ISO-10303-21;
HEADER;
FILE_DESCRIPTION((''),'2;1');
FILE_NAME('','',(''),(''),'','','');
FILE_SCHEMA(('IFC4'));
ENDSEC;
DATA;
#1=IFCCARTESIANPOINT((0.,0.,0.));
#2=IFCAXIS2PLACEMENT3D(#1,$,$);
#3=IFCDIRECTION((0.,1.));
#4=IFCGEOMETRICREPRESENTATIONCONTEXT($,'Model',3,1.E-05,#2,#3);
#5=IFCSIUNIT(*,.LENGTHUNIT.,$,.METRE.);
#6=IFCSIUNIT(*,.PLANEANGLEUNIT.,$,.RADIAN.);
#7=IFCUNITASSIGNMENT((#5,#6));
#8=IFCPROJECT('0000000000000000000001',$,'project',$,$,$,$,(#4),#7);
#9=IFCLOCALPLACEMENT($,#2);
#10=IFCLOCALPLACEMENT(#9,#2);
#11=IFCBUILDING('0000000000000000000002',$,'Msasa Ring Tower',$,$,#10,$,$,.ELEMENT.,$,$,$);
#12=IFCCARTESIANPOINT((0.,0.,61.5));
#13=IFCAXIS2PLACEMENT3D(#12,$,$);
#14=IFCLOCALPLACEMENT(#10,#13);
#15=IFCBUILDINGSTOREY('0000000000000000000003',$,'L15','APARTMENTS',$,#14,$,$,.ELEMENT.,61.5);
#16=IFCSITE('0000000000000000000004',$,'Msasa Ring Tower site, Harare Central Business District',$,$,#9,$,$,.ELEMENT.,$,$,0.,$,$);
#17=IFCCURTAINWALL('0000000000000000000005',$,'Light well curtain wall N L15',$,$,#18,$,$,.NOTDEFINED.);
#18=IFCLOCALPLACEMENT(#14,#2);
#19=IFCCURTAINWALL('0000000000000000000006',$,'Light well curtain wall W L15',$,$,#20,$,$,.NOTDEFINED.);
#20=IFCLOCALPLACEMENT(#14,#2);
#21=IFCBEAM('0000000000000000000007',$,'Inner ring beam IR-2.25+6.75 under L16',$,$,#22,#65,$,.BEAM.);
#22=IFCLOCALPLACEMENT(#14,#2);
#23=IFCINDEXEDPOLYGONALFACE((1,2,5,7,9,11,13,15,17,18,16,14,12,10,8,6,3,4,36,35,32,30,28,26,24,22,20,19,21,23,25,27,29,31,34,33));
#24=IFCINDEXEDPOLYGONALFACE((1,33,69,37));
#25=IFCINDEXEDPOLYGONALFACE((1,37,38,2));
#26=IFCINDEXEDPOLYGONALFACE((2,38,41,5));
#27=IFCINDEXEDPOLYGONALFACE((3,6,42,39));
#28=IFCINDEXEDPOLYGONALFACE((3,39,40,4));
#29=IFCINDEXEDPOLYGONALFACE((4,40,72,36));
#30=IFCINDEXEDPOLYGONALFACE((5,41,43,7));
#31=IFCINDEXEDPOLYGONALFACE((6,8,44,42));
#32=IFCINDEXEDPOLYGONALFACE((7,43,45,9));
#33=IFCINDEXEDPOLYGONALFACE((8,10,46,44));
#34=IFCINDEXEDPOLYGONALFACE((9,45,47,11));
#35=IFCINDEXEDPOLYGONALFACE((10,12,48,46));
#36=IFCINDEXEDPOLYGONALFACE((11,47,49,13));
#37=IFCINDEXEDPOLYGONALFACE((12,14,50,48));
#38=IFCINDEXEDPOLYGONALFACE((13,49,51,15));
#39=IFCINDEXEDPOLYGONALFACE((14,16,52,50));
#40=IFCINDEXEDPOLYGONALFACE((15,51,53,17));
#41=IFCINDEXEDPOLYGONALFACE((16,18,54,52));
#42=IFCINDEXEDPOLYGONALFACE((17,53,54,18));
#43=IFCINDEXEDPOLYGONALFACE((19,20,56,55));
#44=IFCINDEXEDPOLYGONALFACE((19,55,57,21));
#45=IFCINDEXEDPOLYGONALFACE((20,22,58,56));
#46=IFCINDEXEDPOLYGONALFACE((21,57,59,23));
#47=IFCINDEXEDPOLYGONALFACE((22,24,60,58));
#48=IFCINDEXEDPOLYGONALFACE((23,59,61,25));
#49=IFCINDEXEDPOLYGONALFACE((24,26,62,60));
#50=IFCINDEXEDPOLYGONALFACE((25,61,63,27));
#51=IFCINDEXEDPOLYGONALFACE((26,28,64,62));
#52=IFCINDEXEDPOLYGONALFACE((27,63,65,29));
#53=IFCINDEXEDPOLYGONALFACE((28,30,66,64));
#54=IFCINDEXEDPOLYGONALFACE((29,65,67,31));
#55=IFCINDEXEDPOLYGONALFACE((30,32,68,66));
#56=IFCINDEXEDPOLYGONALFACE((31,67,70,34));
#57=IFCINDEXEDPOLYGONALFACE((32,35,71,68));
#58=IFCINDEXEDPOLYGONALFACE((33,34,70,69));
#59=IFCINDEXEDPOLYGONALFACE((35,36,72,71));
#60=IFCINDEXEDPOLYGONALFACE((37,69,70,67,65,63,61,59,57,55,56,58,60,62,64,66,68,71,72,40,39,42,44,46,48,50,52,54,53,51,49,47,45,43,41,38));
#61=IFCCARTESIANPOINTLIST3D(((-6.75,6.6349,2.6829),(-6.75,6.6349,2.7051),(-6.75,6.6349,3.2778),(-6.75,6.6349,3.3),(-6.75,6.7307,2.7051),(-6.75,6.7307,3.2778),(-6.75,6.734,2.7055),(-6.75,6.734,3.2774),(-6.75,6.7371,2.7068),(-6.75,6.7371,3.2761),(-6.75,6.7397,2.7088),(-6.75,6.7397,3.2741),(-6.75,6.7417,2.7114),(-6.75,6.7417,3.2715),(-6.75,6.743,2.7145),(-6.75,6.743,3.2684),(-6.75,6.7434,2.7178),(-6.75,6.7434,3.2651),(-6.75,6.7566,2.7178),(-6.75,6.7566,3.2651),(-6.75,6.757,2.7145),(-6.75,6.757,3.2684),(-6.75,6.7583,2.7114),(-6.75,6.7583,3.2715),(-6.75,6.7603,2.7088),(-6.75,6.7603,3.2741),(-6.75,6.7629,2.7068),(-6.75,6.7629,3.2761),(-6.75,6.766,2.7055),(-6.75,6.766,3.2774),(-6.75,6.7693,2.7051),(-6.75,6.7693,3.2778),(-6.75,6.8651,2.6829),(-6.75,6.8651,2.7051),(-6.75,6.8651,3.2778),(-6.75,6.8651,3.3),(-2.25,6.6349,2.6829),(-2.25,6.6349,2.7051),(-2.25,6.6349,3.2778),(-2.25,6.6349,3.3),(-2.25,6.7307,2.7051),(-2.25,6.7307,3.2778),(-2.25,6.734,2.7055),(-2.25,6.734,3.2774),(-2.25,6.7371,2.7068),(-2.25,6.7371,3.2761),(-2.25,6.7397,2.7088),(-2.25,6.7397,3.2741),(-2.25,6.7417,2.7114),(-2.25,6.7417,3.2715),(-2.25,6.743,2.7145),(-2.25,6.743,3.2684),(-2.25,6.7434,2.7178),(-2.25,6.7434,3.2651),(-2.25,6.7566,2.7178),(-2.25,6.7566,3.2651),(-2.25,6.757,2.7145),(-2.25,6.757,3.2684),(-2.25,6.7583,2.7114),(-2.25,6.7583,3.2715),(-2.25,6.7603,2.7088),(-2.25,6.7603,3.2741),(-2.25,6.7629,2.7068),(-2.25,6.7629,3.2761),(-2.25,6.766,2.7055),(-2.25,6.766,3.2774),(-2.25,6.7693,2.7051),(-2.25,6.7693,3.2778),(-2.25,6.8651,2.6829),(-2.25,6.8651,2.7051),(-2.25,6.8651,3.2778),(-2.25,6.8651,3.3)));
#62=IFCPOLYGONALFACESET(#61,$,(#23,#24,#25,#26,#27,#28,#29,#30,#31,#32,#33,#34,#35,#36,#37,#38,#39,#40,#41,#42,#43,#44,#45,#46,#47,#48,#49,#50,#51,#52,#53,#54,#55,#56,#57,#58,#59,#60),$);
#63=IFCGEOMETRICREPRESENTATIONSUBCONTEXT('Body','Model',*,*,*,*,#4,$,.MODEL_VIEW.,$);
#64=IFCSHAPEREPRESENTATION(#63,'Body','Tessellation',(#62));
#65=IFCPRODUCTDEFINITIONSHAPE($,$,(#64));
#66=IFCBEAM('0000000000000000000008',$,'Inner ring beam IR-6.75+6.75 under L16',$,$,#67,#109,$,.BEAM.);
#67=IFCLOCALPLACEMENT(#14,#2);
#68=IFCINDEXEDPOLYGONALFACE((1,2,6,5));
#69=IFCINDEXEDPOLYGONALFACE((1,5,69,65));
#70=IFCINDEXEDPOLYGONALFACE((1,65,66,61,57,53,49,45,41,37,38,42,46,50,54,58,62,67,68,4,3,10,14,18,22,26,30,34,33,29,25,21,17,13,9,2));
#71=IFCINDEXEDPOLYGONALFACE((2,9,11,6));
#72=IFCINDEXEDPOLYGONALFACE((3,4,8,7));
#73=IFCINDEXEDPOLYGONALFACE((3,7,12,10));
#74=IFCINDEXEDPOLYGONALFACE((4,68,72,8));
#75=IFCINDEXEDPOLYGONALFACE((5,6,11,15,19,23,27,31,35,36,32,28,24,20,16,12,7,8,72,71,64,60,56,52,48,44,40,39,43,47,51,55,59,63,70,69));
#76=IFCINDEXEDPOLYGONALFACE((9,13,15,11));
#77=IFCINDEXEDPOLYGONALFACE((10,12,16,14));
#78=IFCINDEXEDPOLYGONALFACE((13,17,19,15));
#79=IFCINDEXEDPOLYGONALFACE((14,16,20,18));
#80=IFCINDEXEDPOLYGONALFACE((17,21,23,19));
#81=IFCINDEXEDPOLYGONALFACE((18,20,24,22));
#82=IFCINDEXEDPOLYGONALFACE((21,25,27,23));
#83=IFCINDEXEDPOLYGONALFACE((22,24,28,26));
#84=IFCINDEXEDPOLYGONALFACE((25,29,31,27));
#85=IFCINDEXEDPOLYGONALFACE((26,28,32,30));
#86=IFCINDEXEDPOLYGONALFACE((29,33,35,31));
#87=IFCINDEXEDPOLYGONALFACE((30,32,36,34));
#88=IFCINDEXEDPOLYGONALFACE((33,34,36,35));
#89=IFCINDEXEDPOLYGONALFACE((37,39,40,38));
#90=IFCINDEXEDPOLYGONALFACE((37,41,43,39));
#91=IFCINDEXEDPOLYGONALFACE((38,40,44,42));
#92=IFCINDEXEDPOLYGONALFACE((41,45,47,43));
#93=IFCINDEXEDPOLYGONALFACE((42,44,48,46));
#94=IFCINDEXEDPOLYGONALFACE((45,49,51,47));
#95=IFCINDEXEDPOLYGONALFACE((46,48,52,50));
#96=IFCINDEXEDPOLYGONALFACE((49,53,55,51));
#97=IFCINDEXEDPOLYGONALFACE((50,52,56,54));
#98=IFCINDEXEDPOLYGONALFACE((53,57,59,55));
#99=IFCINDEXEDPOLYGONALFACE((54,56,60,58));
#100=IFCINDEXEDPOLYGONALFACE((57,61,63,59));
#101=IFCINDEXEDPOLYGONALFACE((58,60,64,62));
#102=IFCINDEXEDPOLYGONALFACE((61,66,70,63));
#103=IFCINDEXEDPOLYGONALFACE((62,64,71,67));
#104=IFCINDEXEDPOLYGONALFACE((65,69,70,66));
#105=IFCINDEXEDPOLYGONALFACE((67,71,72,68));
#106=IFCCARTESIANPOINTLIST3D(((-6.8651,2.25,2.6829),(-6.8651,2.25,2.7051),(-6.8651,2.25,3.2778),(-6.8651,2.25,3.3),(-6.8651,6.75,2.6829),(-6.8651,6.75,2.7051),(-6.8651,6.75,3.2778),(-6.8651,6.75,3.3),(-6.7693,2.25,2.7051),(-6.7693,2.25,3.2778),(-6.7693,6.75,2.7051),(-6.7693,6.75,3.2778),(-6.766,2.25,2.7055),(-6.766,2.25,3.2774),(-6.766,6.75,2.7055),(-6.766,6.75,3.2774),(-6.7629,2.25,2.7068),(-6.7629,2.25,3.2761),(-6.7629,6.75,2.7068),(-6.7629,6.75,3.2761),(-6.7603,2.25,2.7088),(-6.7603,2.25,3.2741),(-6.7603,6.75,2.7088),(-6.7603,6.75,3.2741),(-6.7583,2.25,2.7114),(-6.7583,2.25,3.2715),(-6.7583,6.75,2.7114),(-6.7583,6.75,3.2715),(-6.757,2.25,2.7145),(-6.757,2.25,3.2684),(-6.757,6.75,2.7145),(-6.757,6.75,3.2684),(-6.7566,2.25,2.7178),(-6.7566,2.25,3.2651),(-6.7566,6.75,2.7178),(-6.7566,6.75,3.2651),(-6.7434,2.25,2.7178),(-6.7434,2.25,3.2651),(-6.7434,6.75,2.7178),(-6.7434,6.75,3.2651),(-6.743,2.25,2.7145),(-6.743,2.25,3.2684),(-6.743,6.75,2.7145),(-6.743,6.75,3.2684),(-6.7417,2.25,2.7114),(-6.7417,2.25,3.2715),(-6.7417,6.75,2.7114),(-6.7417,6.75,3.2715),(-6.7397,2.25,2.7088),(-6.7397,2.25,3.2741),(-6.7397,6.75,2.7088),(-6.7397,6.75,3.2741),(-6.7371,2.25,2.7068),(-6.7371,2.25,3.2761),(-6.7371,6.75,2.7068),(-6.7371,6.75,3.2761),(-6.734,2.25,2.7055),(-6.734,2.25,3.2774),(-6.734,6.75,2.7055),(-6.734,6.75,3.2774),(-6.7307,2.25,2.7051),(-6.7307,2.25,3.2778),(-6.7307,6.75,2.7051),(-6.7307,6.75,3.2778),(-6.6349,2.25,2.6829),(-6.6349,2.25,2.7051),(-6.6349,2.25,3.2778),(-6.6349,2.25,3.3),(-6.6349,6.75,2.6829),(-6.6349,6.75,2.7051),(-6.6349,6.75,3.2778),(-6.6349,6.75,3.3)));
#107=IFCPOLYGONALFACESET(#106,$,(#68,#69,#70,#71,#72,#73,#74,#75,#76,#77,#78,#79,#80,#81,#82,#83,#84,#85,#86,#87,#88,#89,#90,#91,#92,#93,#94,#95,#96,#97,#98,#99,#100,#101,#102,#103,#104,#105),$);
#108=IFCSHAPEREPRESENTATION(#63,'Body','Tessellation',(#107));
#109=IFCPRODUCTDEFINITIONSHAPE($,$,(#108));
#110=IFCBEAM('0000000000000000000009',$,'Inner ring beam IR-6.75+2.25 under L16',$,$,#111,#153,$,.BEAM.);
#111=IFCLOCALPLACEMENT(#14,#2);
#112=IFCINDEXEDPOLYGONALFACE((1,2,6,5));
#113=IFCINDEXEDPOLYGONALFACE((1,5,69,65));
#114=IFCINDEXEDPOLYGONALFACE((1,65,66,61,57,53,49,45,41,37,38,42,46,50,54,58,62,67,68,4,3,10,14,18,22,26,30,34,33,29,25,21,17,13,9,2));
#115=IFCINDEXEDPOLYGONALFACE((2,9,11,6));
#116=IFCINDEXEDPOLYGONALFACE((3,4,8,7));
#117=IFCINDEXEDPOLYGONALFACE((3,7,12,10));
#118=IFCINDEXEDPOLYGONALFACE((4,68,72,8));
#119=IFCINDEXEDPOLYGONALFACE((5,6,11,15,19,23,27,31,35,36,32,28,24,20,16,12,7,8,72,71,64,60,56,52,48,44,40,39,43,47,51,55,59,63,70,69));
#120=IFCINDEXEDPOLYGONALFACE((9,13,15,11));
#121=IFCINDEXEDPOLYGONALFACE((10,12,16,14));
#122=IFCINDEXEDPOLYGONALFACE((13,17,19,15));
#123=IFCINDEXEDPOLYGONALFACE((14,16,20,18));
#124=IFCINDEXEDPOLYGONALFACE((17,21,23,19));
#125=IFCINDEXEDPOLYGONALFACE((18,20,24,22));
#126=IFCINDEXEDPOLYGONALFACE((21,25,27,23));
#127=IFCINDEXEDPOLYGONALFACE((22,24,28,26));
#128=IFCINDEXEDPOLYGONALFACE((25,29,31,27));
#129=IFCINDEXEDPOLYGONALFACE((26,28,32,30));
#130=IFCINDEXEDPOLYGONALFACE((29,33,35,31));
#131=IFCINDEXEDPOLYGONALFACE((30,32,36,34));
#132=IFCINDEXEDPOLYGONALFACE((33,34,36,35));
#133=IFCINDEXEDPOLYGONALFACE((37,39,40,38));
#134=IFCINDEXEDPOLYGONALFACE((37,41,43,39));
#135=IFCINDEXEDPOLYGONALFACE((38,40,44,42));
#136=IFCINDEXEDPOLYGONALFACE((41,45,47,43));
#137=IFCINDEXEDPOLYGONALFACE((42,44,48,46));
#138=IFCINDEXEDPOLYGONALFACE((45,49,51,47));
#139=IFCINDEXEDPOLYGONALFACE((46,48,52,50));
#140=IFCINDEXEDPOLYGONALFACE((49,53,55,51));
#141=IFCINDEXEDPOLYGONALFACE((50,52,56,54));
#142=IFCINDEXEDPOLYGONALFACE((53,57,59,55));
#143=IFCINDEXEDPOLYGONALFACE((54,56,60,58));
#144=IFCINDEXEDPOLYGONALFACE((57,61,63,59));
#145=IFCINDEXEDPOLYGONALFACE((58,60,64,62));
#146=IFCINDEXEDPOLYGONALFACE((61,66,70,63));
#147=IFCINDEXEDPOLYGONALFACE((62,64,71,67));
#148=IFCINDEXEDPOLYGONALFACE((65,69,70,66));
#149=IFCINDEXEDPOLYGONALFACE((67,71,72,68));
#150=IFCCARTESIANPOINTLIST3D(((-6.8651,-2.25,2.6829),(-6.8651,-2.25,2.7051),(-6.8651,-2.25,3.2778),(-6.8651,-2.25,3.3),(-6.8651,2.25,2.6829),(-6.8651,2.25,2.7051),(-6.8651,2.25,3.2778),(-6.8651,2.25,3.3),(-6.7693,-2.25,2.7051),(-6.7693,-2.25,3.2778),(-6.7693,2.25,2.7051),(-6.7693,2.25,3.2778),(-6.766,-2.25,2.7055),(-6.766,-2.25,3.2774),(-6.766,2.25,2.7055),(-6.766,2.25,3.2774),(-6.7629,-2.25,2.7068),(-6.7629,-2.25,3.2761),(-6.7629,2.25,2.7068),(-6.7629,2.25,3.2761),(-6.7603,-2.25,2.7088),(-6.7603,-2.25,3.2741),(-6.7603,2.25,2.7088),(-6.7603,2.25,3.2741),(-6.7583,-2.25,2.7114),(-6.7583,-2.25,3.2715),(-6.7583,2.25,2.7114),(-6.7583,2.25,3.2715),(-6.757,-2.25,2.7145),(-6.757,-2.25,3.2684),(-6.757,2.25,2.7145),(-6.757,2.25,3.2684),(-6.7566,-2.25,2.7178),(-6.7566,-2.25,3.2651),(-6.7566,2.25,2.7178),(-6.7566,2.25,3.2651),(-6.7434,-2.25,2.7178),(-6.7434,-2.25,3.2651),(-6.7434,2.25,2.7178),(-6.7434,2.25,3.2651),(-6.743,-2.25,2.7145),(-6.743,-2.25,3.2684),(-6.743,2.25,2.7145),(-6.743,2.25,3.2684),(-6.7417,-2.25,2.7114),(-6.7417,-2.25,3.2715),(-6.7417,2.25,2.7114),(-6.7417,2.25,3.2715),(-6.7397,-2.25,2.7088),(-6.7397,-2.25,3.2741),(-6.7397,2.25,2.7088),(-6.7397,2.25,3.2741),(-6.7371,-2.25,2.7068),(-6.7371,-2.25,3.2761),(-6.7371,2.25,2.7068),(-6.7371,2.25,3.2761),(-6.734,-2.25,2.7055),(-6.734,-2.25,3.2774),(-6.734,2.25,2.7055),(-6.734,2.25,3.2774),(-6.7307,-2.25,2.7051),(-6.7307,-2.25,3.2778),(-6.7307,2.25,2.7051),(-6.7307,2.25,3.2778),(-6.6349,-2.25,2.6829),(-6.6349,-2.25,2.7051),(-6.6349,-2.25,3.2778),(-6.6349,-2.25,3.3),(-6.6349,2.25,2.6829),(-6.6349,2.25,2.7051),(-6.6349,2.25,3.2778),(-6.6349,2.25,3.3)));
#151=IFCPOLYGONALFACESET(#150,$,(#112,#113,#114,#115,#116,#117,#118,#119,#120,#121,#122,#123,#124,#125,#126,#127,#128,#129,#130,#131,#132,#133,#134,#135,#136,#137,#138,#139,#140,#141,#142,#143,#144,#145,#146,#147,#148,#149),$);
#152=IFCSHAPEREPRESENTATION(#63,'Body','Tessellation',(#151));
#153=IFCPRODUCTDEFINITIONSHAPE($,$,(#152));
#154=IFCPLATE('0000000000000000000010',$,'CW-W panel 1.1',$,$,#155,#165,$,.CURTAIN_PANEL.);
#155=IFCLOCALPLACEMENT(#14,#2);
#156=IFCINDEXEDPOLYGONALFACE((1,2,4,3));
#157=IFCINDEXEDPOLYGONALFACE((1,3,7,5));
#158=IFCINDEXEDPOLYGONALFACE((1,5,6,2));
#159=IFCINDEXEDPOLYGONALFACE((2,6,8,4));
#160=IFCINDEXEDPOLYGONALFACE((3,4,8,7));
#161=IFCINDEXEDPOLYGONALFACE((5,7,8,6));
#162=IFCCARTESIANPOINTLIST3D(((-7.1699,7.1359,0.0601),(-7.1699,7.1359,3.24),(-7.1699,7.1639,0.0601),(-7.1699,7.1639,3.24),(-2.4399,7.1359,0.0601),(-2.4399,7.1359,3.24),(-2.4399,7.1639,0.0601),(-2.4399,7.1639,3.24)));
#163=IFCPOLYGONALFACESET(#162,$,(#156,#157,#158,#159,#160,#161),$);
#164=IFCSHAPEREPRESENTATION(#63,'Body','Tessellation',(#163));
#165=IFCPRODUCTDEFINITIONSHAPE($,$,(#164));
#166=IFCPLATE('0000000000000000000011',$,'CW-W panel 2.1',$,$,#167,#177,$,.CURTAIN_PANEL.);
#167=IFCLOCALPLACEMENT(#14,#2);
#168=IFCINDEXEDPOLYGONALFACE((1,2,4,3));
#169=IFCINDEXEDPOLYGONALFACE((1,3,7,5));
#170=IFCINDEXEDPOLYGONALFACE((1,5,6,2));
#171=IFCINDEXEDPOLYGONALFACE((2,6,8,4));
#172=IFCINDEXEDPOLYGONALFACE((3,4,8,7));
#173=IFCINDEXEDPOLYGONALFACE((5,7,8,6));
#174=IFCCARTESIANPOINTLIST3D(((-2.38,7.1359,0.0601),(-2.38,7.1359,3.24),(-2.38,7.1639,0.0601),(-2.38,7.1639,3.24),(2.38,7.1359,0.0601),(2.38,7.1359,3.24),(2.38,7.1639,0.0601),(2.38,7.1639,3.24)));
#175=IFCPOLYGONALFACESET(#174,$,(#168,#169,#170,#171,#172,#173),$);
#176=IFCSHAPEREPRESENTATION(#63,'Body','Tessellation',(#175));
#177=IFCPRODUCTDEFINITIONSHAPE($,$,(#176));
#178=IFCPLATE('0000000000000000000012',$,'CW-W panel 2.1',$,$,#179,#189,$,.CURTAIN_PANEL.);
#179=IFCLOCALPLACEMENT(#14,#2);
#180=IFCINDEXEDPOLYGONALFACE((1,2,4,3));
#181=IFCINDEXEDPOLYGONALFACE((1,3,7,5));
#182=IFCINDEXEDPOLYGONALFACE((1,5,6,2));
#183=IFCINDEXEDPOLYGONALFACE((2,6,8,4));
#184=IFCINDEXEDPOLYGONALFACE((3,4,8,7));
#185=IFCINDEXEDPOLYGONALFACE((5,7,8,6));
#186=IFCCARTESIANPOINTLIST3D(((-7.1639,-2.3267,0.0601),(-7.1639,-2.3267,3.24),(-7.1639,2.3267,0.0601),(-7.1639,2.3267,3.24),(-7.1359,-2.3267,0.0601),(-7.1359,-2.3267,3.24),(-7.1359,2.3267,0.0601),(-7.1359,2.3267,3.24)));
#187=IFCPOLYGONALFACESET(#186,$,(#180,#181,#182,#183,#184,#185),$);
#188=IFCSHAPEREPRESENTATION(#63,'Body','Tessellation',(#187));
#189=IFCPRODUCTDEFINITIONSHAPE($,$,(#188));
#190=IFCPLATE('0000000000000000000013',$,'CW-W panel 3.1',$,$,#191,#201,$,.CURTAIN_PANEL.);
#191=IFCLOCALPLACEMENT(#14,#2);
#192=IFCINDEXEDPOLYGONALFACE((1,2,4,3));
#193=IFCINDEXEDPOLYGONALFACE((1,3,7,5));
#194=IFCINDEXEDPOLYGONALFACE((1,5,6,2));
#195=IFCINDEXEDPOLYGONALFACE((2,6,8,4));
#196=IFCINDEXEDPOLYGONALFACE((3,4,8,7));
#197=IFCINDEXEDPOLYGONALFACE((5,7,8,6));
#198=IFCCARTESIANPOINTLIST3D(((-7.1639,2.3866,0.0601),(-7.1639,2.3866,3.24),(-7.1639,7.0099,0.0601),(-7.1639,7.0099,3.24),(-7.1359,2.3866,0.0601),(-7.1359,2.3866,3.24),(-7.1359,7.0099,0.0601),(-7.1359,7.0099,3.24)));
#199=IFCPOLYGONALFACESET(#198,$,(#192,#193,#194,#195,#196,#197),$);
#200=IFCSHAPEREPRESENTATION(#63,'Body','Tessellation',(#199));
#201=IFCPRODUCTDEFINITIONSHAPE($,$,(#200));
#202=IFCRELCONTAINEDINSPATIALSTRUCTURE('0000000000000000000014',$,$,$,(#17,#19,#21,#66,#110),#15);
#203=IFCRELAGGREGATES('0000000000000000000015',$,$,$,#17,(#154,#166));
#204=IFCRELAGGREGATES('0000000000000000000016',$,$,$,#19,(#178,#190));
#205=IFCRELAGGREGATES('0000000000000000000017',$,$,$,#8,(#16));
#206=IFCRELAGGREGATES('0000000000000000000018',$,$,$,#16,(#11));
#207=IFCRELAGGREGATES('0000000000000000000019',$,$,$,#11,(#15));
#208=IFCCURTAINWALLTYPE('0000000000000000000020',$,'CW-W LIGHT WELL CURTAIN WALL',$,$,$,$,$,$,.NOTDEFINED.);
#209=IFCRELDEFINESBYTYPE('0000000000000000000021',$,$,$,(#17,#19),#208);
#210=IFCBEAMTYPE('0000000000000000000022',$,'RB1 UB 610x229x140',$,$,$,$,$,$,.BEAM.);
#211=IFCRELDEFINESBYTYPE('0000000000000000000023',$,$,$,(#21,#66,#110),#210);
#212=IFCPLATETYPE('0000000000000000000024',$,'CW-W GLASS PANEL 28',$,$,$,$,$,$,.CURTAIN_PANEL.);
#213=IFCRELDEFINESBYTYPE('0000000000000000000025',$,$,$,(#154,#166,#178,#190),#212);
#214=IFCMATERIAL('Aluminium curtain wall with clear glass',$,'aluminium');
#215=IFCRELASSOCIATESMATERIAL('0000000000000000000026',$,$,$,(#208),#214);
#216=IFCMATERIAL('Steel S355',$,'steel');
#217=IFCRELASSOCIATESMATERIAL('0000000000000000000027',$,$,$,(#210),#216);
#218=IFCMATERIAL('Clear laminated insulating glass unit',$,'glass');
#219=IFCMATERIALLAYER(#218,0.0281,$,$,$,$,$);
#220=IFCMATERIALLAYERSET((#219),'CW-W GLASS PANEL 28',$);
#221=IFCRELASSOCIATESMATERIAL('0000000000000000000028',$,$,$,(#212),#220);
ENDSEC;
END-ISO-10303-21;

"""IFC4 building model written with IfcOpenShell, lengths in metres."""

from ifc_helpers import new_model, si_unit, direction, frame, origin, origin_2d, place, context, subcontext, project, spatial, rectangle, i_section, extrude, material, layer, layer_set, material_profile, profile_set, type_object, element, aggregate, save


model = new_model("IFC4")

# Units and contexts
model_context = context("Model", 3, precision=1e-05, world=origin(), true_north=direction((0.0, 1.0)))
body_context = subcontext(model_context, "Body", "Model", "MODEL_VIEW")
ifc_project = project(units=[si_unit("LENGTHUNIT", "METRE"), si_unit("PLANEANGLEUNIT", "RADIAN")], contexts=[model_context])

# Site, building, storey
site_placement = place(None, origin())
site = spatial("IfcSite", under=ifc_project, at=site_placement, Name="Msasa Ring Tower site, Harare Central Business District", CompositionType="ELEMENT", RefElevation=0.0)
building_placement = place(site_placement, origin())
building = spatial("IfcBuilding", under=site, at=building_placement, Name="Msasa Ring Tower", CompositionType="ELEMENT")
storey_placement = place(building_placement, frame((0.0, 0.0, 61.5)))
storey = spatial("IfcBuildingStorey", under=building, at=storey_placement, Name="L15", Description="APARTMENTS", CompositionType="ELEMENT", Elevation=61.5)

# Curtain walls
ifc_material_1 = material(Name="Aluminium curtain wall with clear glass", Category="aluminium")
curtain_wall_type = type_object("IfcCurtainWallType", Name="CW-W LIGHT WELL CURTAIN WALL", PredefinedType="NOTDEFINED", material=ifc_material_1)
curtain_wall_1_placement = place(storey_placement, origin())
curtain_wall_1 = element("IfcCurtainWall", 1, at=curtain_wall_1_placement, inside=storey, type_object=curtain_wall_type, Name="Light well curtain wall N L15", PredefinedType="NOTDEFINED")
curtain_wall_2_placement = place(storey_placement, origin())
curtain_wall_2 = element("IfcCurtainWall", 2, at=curtain_wall_2_placement, inside=storey, type_object=curtain_wall_type, Name="Light well curtain wall W L15", PredefinedType="NOTDEFINED")

# Beams
ifc_material_2 = material(Name="Steel S355", Category="steel")
ifc_material_profile_1 = material_profile(ifc_material_2, i_section(OverallWidth=0.2302, OverallDepth=0.6172, WebThickness=0.0132, FlangeThickness=0.0222, FilletRadius=0.0127, at=origin_2d()), Name="UB 610x229x140")
ifc_profile_set_1 = profile_set([ifc_material_profile_1], Name="Steel S355")
beam_type = type_object("IfcBeamType", Name="RB1 UB 610x229x140", PredefinedType="BEAM", material=ifc_profile_set_1)
for number, where, z_axis, x_axis, name in (
    (3, (-2.25, 6.75, 2.9915), (-1.0, 0.0, 0.0), (0.0, -1.0, 0.0), "Inner ring beam IR-2.25+6.75 under L16"),
    (4, (-6.75, 6.75, 2.9915), (0.0, -1.0, 0.0), (1.0, 0.0, 0.0), "Inner ring beam IR-6.75+6.75 under L16"),
    (5, (-6.75, 2.25, 2.9915), (0.0, -1.0, 0.0), (1.0, 0.0, 0.0), "Inner ring beam IR-6.75+2.25 under L16"),
):
    element("IfcBeam", number, at=place(storey_placement, frame(where, z_axis=z_axis, x_axis=x_axis)), inside=storey, type_object=beam_type, Name=name, PredefinedType="BEAM", context=body_context, shape_type="SweptSolid", body=[
        extrude(i_section(OverallWidth=0.2302, OverallDepth=0.6172, WebThickness=0.0132, FlangeThickness=0.0222, FilletRadius=0.0127, at=origin_2d()), origin(), (0.0, 0.0, 1.0), 4.5),
    ])

# Plates
ifc_material_3 = material(Name="Clear laminated insulating glass unit", Category="glass")
ifc_layer_1 = layer(ifc_material_3, 0.0281)
ifc_layer_set_1 = layer_set([ifc_layer_1], Name="CW-W GLASS PANEL 28")
plate_type = type_object("IfcPlateType", Name="CW-W GLASS PANEL 28", PredefinedType="CURTAIN_PANEL", material=ifc_layer_set_1)
plate_1_placement = place(storey_placement, frame((-4.8049, 7.1499, 0.0601), z_axis=(0.0, 0.0, 1.0), x_axis=(1.0, 0.0, 0.0)))
plate_1 = element("IfcPlate", 6, at=plate_1_placement, type_object=plate_type, Name="CW-W panel 1.1", PredefinedType="CURTAIN_PANEL", context=body_context, shape_type="SweptSolid", body=[
    extrude(rectangle(XDim=4.73, YDim=0.0281, at=origin_2d()), origin(), (0.0, 0.0, 1.0), 3.1799),
])
plate_2_placement = place(storey_placement, frame((0.0, 7.1499, 0.0601), z_axis=(0.0, 0.0, 1.0), x_axis=(1.0, 0.0, 0.0)))
plate_2 = element("IfcPlate", 7, at=plate_2_placement, type_object=plate_type, Name="CW-W panel 2.1", PredefinedType="CURTAIN_PANEL", context=body_context, shape_type="SweptSolid", body=[
    extrude(rectangle(XDim=4.76, YDim=0.0281, at=origin_2d()), origin(), (0.0, 0.0, 1.0), 3.1799),
])
aggregate(curtain_wall_1, [plate_1, plate_2])
plate_3_placement = place(storey_placement, frame((-7.1499, 0.0, 0.0601), z_axis=(0.0, 0.0, 1.0), x_axis=(0.0, 1.0, 0.0)))
plate_3 = element("IfcPlate", 8, at=plate_3_placement, type_object=plate_type, Name="CW-W panel 2.1", PredefinedType="CURTAIN_PANEL", context=body_context, shape_type="SweptSolid", body=[
    extrude(rectangle(XDim=4.6533, YDim=0.0281, at=origin_2d()), origin(), (0.0, 0.0, 1.0), 3.1799),
])
plate_4_placement = place(storey_placement, frame((-7.1499, 4.6982, 0.0601), z_axis=(0.0, 0.0, 1.0), x_axis=(0.0, 1.0, 0.0)))
plate_4 = element("IfcPlate", 9, at=plate_4_placement, type_object=plate_type, Name="CW-W panel 3.1", PredefinedType="CURTAIN_PANEL", context=body_context, shape_type="SweptSolid", body=[
    extrude(rectangle(XDim=4.6233, YDim=0.0281, at=origin_2d()), origin(), (0.0, 0.0, 1.0), 3.1799),
])
aggregate(curtain_wall_2, [plate_3, plate_4])

save(model, "model.ifc")
